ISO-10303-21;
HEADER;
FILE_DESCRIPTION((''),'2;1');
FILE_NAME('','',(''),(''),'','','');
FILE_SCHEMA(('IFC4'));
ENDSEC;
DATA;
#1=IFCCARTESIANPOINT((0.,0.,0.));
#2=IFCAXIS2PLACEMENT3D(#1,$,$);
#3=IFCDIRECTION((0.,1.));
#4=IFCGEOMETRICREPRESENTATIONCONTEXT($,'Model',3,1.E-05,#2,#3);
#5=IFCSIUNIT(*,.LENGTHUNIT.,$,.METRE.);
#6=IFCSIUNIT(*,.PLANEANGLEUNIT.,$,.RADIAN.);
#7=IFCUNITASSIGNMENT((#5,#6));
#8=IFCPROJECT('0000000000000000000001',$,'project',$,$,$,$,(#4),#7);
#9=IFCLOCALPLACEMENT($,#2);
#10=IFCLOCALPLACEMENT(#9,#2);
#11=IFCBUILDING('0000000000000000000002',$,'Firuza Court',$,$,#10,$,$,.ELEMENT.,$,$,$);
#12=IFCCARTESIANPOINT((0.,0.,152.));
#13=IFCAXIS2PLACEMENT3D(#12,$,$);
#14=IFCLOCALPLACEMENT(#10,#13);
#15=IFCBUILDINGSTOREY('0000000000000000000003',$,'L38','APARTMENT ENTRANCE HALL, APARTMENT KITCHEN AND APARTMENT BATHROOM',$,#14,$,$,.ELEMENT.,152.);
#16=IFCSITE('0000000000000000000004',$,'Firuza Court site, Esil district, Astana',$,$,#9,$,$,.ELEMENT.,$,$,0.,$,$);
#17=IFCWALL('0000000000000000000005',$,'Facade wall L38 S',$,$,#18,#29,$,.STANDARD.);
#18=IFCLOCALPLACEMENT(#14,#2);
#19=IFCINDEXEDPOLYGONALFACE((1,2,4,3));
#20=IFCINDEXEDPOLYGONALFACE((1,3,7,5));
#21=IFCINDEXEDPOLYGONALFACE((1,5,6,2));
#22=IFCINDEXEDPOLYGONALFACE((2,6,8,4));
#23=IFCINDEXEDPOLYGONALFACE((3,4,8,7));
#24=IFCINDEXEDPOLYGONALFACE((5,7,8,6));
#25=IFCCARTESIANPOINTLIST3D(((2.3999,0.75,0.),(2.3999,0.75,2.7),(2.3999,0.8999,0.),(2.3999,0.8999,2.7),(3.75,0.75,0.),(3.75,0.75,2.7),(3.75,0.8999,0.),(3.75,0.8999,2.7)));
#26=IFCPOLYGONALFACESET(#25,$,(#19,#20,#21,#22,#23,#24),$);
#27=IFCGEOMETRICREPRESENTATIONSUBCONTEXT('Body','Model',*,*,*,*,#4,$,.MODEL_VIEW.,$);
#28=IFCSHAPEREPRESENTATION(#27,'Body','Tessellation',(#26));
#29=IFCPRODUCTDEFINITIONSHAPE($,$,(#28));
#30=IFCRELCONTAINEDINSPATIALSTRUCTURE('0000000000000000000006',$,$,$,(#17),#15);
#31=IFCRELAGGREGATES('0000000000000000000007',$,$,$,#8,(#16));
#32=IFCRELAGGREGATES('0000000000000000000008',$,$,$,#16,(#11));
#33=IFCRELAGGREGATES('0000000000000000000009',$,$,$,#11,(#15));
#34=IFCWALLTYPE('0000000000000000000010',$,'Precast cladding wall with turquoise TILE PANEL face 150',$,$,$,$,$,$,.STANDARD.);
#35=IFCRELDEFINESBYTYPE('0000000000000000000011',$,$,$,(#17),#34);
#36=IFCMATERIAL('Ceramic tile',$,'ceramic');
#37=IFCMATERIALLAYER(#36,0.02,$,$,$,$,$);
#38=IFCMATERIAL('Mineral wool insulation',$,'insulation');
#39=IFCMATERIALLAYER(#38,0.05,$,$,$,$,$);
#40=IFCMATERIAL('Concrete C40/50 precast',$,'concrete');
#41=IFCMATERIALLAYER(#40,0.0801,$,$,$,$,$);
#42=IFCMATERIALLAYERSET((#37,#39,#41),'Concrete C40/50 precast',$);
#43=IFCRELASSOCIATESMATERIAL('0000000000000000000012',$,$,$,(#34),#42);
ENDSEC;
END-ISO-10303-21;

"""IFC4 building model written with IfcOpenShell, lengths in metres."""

from ifc_helpers import new_model, si_unit, direction, frame, frame_2d, origin, place, context, subcontext, project, spatial, rectangle, extrude, material, layer, layer_set, type_object, element, save


model = new_model("IFC4")

# Units and contexts
model_context = context("Model", 3, precision=1e-05, world=origin(), true_north=direction((0.0, 1.0)))
body_context = subcontext(model_context, "Body", "Model", "MODEL_VIEW")
ifc_project = project(units=[si_unit("LENGTHUNIT", "METRE"), si_unit("PLANEANGLEUNIT", "RADIAN")], contexts=[model_context])

# Site, building, storey
site_placement = place(None, origin())
site = spatial("IfcSite", under=ifc_project, at=site_placement, Name="Firuza Court site, Esil district, Astana", CompositionType="ELEMENT", RefElevation=0.0)
building_placement = place(site_placement, origin())
building = spatial("IfcBuilding", under=site, at=building_placement, Name="Firuza Court", CompositionType="ELEMENT")
storey_placement = place(building_placement, frame((0.0, 0.0, 152.0)))
storey = spatial("IfcBuildingStorey", under=building, at=storey_placement, Name="L38", Description="APARTMENT ENTRANCE HALL, APARTMENT KITCHEN AND APARTMENT BATHROOM", CompositionType="ELEMENT", Elevation=152.0)

# Shared definitions
ifc_material_1 = material(Name="Concrete C40/50 precast", Category="concrete")

# Wall
ifc_material_2 = material(Name="Ceramic tile", Category="ceramic")
ifc_layer_1 = layer(ifc_material_2, 0.02)
ifc_material_3 = material(Name="Mineral wool insulation", Category="insulation")
ifc_layer_2 = layer(ifc_material_3, 0.05)
ifc_layer_3 = layer(ifc_material_1, 0.0801)
ifc_layer_set_1 = layer_set([ifc_layer_1, ifc_layer_2, ifc_layer_3], Name="Concrete C40/50 precast")
wall_type_1 = type_object("IfcWallType", Name="Precast cladding wall with turquoise TILE PANEL face 150", PredefinedType="STANDARD", material=ifc_layer_set_1)
wall_1_placement = place(storey_placement, frame((2.3999, 0.825, 0.0), z_axis=(0.0, 0.0, 1.0), x_axis=(1.0, 0.0, 0.0)))
element("IfcWall", 1, at=wall_1_placement, inside=storey, type_object=wall_type_1, Name="Facade wall L38 S", PredefinedType="STANDARD", context=body_context, shape_type="SweptSolid", body=[
    extrude(rectangle(XDim=1.3501, YDim=0.1499, at=frame_2d((0.675, 0.0))), origin(), (0.0, 0.0, 1.0), 2.7),
])

save(model, "model.ifc")
